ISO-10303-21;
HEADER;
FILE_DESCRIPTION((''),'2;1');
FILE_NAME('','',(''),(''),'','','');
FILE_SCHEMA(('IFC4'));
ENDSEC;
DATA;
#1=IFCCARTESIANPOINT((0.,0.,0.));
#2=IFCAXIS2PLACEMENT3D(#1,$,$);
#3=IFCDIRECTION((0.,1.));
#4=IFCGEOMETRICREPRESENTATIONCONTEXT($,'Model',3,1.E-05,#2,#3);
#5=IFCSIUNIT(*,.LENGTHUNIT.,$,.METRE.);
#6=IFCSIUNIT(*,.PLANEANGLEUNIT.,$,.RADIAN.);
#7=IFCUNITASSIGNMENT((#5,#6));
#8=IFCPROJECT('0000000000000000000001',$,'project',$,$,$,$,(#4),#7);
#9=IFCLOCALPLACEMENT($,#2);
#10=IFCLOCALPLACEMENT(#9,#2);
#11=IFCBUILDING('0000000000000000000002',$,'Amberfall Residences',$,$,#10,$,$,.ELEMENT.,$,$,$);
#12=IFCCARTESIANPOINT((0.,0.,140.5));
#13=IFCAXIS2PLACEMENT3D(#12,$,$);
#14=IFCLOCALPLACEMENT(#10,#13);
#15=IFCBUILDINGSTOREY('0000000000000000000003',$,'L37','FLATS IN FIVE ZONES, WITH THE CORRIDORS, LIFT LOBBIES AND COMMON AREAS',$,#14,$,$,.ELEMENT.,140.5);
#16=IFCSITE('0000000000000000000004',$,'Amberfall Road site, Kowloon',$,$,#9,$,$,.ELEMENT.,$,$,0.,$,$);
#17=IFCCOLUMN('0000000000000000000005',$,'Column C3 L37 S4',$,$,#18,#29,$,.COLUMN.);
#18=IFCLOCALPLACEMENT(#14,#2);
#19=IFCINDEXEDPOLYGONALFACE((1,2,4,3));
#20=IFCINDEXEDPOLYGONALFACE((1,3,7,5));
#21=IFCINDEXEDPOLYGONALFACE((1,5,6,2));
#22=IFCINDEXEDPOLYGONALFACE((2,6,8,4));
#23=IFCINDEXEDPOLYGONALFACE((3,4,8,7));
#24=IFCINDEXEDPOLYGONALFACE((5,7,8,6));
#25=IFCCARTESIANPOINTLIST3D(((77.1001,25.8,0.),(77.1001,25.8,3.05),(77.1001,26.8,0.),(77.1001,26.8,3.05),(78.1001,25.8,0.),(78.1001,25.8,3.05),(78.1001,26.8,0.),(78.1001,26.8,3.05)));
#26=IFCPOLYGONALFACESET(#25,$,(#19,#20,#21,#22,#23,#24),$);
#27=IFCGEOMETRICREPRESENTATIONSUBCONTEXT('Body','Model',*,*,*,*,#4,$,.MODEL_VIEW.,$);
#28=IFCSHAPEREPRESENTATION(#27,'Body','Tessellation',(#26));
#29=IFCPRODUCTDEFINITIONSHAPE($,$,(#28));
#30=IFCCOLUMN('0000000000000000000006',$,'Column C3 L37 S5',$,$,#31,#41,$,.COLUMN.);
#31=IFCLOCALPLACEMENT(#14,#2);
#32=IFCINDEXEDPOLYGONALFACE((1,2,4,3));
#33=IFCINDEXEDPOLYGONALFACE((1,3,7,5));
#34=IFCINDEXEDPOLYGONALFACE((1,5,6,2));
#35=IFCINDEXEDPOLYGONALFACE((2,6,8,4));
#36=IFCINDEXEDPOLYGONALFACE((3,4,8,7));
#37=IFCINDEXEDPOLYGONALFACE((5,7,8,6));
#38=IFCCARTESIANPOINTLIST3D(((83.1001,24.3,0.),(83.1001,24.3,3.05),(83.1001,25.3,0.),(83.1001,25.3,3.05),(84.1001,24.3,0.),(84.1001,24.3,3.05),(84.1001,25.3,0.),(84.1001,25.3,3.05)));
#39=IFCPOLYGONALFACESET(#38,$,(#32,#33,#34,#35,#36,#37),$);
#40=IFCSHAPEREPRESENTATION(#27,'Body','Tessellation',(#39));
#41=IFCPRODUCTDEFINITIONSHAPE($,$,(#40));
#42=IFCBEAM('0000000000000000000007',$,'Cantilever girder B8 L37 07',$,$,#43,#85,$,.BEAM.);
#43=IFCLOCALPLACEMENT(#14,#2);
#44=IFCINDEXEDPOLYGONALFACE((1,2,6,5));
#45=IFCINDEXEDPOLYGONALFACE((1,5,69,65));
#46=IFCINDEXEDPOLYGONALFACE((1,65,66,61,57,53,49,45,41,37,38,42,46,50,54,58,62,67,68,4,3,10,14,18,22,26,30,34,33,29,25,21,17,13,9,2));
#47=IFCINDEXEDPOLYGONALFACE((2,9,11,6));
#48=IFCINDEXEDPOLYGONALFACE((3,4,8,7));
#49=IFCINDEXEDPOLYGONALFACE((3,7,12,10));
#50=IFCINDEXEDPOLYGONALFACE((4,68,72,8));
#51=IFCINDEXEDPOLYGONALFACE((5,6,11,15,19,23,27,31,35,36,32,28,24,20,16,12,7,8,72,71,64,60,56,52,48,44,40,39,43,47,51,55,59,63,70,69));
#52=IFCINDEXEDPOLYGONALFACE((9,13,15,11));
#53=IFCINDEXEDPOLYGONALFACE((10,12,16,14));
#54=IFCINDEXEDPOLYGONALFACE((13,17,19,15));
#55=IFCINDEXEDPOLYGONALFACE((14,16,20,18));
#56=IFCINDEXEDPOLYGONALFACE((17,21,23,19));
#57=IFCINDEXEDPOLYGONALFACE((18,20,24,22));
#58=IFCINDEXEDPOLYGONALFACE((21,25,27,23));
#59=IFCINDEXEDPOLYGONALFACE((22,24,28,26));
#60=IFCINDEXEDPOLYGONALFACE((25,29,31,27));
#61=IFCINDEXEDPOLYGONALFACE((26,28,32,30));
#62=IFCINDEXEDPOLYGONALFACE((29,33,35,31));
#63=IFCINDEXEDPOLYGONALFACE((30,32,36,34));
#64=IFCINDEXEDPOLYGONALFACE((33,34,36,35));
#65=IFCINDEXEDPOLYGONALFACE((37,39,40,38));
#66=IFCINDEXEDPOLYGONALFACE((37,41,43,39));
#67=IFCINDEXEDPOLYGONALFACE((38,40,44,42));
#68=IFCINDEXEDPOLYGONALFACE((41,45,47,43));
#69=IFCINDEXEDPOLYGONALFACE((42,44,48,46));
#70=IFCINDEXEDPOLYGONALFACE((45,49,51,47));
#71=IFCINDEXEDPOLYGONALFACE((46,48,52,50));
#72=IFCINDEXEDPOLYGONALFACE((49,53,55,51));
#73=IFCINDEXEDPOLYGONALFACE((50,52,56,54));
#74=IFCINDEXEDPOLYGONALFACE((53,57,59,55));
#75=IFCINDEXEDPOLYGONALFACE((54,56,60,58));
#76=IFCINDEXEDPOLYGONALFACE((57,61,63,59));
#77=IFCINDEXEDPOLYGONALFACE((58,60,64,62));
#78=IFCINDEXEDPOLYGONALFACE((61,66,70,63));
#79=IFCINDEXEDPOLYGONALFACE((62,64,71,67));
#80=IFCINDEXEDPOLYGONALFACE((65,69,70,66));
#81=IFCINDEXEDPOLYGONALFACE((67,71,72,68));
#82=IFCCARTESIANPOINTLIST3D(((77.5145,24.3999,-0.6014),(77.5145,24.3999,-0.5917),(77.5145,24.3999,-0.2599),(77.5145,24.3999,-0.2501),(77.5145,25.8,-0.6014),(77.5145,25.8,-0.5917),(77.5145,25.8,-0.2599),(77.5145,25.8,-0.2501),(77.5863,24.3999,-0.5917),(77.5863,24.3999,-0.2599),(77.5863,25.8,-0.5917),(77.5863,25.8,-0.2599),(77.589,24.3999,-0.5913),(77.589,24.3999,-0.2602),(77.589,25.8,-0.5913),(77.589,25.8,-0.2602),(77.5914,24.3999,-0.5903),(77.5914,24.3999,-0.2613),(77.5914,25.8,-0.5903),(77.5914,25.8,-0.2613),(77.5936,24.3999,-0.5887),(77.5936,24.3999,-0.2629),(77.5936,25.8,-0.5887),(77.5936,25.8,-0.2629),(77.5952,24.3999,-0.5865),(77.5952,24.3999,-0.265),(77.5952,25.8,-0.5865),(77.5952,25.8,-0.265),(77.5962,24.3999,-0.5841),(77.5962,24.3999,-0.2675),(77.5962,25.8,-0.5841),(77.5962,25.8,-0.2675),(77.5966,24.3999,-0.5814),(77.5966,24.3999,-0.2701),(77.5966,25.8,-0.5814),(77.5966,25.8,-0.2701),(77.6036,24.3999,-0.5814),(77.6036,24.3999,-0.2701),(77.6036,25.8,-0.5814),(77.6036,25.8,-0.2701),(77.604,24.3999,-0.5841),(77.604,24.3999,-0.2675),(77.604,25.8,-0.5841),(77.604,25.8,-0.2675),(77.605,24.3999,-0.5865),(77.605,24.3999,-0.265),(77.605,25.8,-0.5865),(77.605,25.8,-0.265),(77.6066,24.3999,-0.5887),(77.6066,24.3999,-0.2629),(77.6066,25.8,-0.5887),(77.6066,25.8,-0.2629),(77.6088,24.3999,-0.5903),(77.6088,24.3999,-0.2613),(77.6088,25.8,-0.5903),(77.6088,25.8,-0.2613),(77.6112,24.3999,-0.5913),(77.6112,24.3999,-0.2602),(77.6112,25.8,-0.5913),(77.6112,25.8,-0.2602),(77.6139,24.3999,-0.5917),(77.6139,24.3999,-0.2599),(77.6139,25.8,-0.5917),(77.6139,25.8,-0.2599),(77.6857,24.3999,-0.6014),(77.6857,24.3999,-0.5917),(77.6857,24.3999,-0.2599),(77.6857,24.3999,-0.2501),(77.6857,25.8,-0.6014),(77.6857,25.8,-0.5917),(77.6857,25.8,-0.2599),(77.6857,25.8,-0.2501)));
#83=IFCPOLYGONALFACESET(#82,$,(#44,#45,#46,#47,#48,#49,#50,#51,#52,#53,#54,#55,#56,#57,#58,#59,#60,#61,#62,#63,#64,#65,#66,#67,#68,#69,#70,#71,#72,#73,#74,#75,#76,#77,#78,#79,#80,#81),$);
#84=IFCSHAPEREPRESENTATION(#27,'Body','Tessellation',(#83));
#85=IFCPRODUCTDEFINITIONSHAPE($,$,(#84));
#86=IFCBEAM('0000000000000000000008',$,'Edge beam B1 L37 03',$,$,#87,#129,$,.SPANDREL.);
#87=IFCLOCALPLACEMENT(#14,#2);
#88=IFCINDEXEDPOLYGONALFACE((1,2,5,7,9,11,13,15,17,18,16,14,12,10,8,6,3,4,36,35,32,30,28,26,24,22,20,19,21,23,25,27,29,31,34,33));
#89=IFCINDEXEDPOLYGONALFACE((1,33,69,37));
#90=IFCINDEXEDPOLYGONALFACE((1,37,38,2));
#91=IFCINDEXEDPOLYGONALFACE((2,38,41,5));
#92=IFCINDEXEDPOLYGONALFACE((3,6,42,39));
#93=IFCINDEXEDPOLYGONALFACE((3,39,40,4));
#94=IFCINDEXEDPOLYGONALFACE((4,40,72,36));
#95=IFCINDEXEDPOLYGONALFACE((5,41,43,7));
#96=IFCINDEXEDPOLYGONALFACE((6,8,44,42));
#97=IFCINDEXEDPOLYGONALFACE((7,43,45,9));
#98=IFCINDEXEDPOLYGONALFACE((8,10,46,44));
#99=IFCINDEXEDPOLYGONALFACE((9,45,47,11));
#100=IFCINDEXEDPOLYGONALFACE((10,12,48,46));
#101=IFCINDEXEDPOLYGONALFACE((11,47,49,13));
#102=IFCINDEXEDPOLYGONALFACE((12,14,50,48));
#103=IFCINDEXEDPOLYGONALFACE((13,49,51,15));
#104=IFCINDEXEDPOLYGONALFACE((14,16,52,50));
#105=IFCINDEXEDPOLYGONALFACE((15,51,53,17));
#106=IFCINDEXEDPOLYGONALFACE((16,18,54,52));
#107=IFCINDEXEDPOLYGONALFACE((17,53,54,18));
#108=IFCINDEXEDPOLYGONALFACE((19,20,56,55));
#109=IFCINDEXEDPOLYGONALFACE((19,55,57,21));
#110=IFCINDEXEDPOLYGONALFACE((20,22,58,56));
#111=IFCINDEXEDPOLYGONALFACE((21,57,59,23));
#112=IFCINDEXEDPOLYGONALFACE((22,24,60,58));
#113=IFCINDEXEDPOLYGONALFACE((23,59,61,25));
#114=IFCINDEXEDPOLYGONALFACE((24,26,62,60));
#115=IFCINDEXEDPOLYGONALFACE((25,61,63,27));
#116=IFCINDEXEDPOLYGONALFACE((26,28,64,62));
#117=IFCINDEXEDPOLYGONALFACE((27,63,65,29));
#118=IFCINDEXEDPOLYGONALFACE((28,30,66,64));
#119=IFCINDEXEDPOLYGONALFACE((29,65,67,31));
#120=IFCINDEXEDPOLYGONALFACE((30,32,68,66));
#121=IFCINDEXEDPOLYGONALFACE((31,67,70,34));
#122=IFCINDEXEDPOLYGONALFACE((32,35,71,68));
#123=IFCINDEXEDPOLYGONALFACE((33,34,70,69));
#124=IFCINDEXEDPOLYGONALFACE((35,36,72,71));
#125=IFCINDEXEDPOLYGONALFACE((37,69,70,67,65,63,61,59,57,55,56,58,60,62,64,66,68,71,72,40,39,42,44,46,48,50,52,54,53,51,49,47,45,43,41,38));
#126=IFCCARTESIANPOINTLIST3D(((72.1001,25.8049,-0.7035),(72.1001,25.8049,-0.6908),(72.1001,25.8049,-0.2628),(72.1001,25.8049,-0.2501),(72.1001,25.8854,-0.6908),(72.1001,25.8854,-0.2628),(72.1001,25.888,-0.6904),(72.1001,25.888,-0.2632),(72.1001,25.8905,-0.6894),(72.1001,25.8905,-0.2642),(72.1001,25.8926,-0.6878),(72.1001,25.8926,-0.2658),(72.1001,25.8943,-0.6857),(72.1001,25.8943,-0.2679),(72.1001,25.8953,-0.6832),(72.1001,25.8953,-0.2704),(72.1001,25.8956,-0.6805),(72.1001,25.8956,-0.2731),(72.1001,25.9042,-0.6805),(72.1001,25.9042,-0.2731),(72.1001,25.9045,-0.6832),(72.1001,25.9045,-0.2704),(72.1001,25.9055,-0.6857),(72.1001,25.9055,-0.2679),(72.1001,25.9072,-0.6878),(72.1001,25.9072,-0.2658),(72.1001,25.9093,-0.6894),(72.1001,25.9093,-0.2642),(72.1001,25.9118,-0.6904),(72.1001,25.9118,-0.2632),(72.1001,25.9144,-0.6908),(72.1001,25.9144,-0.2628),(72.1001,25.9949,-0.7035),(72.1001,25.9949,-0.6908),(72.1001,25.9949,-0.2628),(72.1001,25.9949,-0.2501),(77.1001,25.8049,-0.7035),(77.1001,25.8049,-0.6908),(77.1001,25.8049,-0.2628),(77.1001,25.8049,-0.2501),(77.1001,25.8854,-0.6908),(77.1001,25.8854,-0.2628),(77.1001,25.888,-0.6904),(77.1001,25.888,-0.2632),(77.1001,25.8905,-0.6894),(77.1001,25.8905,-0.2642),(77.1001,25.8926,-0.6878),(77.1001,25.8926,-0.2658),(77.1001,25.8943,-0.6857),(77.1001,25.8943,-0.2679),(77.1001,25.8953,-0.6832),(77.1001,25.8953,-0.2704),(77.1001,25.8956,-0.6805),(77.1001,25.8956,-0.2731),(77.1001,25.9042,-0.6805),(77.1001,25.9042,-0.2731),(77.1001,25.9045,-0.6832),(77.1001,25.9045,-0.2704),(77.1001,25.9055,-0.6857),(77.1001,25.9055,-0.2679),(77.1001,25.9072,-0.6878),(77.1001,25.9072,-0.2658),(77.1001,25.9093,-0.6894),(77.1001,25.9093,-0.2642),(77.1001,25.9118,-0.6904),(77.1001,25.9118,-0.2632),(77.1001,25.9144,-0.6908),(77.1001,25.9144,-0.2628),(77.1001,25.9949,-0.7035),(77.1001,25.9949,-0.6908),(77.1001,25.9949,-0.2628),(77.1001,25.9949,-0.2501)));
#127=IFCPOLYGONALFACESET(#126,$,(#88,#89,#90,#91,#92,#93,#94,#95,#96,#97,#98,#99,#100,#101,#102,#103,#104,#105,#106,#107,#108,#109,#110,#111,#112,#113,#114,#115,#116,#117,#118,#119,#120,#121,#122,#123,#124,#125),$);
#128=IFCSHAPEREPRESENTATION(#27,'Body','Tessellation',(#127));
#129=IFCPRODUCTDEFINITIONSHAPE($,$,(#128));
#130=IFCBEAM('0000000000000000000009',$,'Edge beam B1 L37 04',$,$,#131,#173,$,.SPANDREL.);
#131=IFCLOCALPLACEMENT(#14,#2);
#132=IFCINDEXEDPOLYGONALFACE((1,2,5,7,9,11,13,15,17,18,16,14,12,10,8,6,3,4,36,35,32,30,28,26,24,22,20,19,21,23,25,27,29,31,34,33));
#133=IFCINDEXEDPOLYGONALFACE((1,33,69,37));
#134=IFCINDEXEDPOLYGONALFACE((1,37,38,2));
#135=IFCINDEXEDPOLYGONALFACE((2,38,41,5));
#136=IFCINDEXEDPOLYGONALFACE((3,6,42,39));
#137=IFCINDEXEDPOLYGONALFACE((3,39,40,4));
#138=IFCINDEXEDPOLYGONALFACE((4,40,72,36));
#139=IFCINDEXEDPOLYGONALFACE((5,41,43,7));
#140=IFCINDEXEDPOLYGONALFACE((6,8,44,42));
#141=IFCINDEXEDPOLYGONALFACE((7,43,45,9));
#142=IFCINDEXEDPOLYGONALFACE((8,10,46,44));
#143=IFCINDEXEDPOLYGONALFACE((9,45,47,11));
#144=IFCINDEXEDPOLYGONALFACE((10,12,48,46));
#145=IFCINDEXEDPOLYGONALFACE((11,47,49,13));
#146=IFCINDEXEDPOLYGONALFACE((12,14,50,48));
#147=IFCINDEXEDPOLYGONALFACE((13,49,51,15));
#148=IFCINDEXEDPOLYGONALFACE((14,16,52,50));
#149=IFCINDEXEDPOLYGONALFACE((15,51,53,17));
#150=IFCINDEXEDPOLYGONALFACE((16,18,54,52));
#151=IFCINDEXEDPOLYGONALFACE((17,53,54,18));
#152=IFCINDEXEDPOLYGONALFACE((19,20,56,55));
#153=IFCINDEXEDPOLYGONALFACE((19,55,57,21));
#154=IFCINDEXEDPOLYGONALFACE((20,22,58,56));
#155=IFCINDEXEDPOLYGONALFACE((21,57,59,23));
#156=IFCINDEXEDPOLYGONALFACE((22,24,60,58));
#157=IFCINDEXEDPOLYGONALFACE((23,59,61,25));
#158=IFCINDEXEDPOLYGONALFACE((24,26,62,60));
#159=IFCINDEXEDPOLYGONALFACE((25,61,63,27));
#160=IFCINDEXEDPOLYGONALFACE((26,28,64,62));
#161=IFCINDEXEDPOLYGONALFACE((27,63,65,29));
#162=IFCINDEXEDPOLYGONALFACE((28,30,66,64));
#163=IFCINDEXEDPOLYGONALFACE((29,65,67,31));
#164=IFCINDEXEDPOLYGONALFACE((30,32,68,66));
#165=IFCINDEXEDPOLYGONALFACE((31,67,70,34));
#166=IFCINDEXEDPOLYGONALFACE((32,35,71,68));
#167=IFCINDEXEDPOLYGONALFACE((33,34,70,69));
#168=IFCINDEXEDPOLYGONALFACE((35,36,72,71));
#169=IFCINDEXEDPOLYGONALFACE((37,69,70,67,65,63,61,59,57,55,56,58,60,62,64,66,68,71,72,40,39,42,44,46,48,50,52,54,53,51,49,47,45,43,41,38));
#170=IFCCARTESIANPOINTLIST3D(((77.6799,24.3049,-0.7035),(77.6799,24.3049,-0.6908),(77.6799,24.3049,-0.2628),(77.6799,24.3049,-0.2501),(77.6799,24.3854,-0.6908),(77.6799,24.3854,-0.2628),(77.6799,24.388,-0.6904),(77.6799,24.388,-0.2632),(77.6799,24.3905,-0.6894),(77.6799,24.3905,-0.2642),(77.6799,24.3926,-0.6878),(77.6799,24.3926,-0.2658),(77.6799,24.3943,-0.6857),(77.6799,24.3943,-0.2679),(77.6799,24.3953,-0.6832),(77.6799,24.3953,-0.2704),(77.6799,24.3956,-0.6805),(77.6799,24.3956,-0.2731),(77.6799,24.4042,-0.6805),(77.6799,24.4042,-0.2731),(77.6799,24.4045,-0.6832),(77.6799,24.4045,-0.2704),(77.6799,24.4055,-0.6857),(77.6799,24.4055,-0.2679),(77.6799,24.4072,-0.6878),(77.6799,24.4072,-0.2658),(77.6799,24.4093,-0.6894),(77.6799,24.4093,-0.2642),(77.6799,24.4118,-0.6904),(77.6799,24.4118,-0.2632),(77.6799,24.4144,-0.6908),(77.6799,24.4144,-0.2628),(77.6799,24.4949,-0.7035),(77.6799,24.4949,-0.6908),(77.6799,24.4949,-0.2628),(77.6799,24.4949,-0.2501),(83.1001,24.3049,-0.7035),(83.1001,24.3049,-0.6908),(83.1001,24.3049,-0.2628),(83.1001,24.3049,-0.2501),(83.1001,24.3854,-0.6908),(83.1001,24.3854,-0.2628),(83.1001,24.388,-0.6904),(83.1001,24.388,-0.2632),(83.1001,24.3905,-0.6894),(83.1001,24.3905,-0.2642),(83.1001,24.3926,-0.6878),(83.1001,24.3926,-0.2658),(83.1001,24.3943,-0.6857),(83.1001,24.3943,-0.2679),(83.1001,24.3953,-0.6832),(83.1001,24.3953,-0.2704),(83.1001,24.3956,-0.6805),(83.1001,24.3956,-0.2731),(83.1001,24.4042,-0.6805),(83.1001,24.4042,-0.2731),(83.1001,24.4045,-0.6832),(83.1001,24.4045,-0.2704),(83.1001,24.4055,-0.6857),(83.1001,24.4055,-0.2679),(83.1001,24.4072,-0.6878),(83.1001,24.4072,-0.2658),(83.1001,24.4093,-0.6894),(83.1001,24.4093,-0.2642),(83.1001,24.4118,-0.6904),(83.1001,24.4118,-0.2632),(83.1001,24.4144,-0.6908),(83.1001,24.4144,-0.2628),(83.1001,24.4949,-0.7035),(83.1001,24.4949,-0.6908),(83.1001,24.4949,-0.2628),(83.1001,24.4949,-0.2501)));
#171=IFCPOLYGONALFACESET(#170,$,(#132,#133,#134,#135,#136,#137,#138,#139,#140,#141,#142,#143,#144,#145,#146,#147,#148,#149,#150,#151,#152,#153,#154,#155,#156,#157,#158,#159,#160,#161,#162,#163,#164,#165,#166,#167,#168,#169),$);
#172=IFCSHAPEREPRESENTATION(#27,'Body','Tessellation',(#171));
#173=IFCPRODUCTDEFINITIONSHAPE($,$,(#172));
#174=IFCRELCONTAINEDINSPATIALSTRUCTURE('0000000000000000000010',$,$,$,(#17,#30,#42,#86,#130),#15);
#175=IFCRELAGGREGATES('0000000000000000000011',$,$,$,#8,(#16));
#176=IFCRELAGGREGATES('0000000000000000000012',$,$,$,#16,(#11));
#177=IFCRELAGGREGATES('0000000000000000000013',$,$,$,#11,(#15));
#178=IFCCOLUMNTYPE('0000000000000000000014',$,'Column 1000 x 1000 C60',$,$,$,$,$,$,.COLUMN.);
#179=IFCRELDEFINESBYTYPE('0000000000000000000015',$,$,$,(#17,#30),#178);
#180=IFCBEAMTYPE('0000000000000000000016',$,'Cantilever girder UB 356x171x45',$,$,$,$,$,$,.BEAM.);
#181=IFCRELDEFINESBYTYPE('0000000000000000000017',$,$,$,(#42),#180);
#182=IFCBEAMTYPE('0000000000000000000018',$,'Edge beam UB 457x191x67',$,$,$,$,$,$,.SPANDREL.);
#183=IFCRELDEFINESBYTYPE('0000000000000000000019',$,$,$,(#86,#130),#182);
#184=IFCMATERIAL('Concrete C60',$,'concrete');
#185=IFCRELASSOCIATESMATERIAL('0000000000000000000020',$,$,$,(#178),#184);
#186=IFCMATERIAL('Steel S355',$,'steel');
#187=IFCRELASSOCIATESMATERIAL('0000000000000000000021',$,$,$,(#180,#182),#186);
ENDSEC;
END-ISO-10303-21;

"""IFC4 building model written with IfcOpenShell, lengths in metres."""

from ifc_helpers import new_model, si_unit, direction, frame, origin, origin_2d, place, context, subcontext, project, spatial, rectangle, i_section, extrude, material, material_profile, profile_set, type_object, element, save


model = new_model("IFC4")

# Units and contexts
model_context = context("Model", 3, precision=1e-05, world=origin(), true_north=direction((0.0, 1.0)))
body_context = subcontext(model_context, "Body", "Model", "MODEL_VIEW")
ifc_project = project(units=[si_unit("LENGTHUNIT", "METRE"), si_unit("PLANEANGLEUNIT", "RADIAN")], contexts=[model_context])

# Site, building, storey
site_placement = place(None, origin())
site = spatial("IfcSite", under=ifc_project, at=site_placement, Name="Amberfall Road site, Kowloon", CompositionType="ELEMENT", RefElevation=0.0)
building_placement = place(site_placement, origin())
building = spatial("IfcBuilding", under=site, at=building_placement, Name="Amberfall Residences", CompositionType="ELEMENT")
storey_placement = place(building_placement, frame((0.0, 0.0, 140.5)))
storey = spatial("IfcBuildingStorey", under=building, at=storey_placement, Name="L37", Description="FLATS IN FIVE ZONES, WITH THE CORRIDORS, LIFT LOBBIES AND COMMON AREAS", CompositionType="ELEMENT", Elevation=140.5)

# Columns
ifc_material_1 = material(Name="Concrete C60", Category="concrete")
ifc_material_profile_1 = material_profile(ifc_material_1, rectangle(XDim=1.0, YDim=1.0, at=origin_2d()), Name="Column 1000 x 1000 C60")
ifc_profile_set_1 = profile_set([ifc_material_profile_1], Name="Concrete C60")
column_type = type_object("IfcColumnType", Name="Column 1000 x 1000 C60", PredefinedType="COLUMN", material=ifc_profile_set_1)
for number, where, z_axis, x_axis, name in (
    (1, (77.6001, 26.3, 0.0), (0.0, 0.0, 1.0), (1.0, 0.0, 0.0), "Column C3 L37 S4"),
    (2, (83.6001, 24.8, 0.0), (0.0, 0.0, 1.0), (1.0, 0.0, 0.0), "Column C3 L37 S5"),
):
    element("IfcColumn", number, at=place(storey_placement, frame(where, z_axis=z_axis, x_axis=x_axis)), inside=storey, type_object=column_type, Name=name, PredefinedType="COLUMN", context=body_context, shape_type="SweptSolid", body=[
        extrude(rectangle(XDim=1.0, YDim=1.0, at=origin_2d()), origin(), (0.0, 0.0, 1.0), 3.05),
    ])

# Beams
ifc_material_2 = material(Name="Steel S355", Category="steel")
ifc_material_profile_2 = material_profile(ifc_material_2, i_section(OverallWidth=0.1711, OverallDepth=0.3513, WebThickness=0.0071, FlangeThickness=0.0098, FilletRadius=0.0103, at=origin_2d()), Name="UB 356x171x45")
ifc_profile_set_2 = profile_set([ifc_material_profile_2], Name="Steel S355")
beam_type_1 = type_object("IfcBeamType", Name="Cantilever girder UB 356x171x45", PredefinedType="BEAM", material=ifc_profile_set_2)
beam_1_placement = place(storey_placement, frame((77.6001, 25.8, -0.4258), z_axis=(0.0, -1.0, 0.0), x_axis=(1.0, 0.0, 0.0)))
element("IfcBeam", 3, at=beam_1_placement, inside=storey, type_object=beam_type_1, Name="Cantilever girder B8 L37 07", PredefinedType="BEAM", context=body_context, shape_type="SweptSolid", body=[
    extrude(i_section(OverallWidth=0.1711, OverallDepth=0.3513, WebThickness=0.0071, FlangeThickness=0.0098, FilletRadius=0.0103, at=origin_2d()), origin(), (0.0, 0.0, 1.0), 1.4001),
])
ifc_material_profile_3 = material_profile(ifc_material_2, i_section(OverallWidth=0.1899, OverallDepth=0.4534, WebThickness=0.0085, FlangeThickness=0.0127, FilletRadius=0.0103, at=origin_2d()), Name="UB 457x191x67")
ifc_profile_set_3 = profile_set([ifc_material_profile_3], Name="Steel S355")
beam_type_2 = type_object("IfcBeamType", Name="Edge beam UB 457x191x67", PredefinedType="SPANDREL", material=ifc_profile_set_3)
beam_2_placement = place(storey_placement, frame((72.1001, 25.8999, -0.4768), z_axis=(1.0, 0.0, 0.0), x_axis=(0.0, 1.0, 0.0)))
element("IfcBeam", 4, at=beam_2_placement, inside=storey, type_object=beam_type_2, Name="Edge beam B1 L37 03", PredefinedType="SPANDREL", context=body_context, shape_type="SweptSolid", body=[
    extrude(i_section(OverallWidth=0.1899, OverallDepth=0.4534, WebThickness=0.0085, FlangeThickness=0.0127, FilletRadius=0.0103, at=origin_2d()), origin(), (0.0, 0.0, 1.0), 5.0),
])
beam_3_placement = place(storey_placement, frame((77.6799, 24.3999, -0.4768), z_axis=(1.0, 0.0, 0.0), x_axis=(0.0, 1.0, 0.0)))
element("IfcBeam", 5, at=beam_3_placement, inside=storey, type_object=beam_type_2, Name="Edge beam B1 L37 04", PredefinedType="SPANDREL", context=body_context, shape_type="SweptSolid", body=[
    extrude(i_section(OverallWidth=0.1899, OverallDepth=0.4534, WebThickness=0.0085, FlangeThickness=0.0127, FilletRadius=0.0103, at=origin_2d()), origin(), (0.0, 0.0, 1.0), 5.4202),
])

save(model, "model.ifc")
